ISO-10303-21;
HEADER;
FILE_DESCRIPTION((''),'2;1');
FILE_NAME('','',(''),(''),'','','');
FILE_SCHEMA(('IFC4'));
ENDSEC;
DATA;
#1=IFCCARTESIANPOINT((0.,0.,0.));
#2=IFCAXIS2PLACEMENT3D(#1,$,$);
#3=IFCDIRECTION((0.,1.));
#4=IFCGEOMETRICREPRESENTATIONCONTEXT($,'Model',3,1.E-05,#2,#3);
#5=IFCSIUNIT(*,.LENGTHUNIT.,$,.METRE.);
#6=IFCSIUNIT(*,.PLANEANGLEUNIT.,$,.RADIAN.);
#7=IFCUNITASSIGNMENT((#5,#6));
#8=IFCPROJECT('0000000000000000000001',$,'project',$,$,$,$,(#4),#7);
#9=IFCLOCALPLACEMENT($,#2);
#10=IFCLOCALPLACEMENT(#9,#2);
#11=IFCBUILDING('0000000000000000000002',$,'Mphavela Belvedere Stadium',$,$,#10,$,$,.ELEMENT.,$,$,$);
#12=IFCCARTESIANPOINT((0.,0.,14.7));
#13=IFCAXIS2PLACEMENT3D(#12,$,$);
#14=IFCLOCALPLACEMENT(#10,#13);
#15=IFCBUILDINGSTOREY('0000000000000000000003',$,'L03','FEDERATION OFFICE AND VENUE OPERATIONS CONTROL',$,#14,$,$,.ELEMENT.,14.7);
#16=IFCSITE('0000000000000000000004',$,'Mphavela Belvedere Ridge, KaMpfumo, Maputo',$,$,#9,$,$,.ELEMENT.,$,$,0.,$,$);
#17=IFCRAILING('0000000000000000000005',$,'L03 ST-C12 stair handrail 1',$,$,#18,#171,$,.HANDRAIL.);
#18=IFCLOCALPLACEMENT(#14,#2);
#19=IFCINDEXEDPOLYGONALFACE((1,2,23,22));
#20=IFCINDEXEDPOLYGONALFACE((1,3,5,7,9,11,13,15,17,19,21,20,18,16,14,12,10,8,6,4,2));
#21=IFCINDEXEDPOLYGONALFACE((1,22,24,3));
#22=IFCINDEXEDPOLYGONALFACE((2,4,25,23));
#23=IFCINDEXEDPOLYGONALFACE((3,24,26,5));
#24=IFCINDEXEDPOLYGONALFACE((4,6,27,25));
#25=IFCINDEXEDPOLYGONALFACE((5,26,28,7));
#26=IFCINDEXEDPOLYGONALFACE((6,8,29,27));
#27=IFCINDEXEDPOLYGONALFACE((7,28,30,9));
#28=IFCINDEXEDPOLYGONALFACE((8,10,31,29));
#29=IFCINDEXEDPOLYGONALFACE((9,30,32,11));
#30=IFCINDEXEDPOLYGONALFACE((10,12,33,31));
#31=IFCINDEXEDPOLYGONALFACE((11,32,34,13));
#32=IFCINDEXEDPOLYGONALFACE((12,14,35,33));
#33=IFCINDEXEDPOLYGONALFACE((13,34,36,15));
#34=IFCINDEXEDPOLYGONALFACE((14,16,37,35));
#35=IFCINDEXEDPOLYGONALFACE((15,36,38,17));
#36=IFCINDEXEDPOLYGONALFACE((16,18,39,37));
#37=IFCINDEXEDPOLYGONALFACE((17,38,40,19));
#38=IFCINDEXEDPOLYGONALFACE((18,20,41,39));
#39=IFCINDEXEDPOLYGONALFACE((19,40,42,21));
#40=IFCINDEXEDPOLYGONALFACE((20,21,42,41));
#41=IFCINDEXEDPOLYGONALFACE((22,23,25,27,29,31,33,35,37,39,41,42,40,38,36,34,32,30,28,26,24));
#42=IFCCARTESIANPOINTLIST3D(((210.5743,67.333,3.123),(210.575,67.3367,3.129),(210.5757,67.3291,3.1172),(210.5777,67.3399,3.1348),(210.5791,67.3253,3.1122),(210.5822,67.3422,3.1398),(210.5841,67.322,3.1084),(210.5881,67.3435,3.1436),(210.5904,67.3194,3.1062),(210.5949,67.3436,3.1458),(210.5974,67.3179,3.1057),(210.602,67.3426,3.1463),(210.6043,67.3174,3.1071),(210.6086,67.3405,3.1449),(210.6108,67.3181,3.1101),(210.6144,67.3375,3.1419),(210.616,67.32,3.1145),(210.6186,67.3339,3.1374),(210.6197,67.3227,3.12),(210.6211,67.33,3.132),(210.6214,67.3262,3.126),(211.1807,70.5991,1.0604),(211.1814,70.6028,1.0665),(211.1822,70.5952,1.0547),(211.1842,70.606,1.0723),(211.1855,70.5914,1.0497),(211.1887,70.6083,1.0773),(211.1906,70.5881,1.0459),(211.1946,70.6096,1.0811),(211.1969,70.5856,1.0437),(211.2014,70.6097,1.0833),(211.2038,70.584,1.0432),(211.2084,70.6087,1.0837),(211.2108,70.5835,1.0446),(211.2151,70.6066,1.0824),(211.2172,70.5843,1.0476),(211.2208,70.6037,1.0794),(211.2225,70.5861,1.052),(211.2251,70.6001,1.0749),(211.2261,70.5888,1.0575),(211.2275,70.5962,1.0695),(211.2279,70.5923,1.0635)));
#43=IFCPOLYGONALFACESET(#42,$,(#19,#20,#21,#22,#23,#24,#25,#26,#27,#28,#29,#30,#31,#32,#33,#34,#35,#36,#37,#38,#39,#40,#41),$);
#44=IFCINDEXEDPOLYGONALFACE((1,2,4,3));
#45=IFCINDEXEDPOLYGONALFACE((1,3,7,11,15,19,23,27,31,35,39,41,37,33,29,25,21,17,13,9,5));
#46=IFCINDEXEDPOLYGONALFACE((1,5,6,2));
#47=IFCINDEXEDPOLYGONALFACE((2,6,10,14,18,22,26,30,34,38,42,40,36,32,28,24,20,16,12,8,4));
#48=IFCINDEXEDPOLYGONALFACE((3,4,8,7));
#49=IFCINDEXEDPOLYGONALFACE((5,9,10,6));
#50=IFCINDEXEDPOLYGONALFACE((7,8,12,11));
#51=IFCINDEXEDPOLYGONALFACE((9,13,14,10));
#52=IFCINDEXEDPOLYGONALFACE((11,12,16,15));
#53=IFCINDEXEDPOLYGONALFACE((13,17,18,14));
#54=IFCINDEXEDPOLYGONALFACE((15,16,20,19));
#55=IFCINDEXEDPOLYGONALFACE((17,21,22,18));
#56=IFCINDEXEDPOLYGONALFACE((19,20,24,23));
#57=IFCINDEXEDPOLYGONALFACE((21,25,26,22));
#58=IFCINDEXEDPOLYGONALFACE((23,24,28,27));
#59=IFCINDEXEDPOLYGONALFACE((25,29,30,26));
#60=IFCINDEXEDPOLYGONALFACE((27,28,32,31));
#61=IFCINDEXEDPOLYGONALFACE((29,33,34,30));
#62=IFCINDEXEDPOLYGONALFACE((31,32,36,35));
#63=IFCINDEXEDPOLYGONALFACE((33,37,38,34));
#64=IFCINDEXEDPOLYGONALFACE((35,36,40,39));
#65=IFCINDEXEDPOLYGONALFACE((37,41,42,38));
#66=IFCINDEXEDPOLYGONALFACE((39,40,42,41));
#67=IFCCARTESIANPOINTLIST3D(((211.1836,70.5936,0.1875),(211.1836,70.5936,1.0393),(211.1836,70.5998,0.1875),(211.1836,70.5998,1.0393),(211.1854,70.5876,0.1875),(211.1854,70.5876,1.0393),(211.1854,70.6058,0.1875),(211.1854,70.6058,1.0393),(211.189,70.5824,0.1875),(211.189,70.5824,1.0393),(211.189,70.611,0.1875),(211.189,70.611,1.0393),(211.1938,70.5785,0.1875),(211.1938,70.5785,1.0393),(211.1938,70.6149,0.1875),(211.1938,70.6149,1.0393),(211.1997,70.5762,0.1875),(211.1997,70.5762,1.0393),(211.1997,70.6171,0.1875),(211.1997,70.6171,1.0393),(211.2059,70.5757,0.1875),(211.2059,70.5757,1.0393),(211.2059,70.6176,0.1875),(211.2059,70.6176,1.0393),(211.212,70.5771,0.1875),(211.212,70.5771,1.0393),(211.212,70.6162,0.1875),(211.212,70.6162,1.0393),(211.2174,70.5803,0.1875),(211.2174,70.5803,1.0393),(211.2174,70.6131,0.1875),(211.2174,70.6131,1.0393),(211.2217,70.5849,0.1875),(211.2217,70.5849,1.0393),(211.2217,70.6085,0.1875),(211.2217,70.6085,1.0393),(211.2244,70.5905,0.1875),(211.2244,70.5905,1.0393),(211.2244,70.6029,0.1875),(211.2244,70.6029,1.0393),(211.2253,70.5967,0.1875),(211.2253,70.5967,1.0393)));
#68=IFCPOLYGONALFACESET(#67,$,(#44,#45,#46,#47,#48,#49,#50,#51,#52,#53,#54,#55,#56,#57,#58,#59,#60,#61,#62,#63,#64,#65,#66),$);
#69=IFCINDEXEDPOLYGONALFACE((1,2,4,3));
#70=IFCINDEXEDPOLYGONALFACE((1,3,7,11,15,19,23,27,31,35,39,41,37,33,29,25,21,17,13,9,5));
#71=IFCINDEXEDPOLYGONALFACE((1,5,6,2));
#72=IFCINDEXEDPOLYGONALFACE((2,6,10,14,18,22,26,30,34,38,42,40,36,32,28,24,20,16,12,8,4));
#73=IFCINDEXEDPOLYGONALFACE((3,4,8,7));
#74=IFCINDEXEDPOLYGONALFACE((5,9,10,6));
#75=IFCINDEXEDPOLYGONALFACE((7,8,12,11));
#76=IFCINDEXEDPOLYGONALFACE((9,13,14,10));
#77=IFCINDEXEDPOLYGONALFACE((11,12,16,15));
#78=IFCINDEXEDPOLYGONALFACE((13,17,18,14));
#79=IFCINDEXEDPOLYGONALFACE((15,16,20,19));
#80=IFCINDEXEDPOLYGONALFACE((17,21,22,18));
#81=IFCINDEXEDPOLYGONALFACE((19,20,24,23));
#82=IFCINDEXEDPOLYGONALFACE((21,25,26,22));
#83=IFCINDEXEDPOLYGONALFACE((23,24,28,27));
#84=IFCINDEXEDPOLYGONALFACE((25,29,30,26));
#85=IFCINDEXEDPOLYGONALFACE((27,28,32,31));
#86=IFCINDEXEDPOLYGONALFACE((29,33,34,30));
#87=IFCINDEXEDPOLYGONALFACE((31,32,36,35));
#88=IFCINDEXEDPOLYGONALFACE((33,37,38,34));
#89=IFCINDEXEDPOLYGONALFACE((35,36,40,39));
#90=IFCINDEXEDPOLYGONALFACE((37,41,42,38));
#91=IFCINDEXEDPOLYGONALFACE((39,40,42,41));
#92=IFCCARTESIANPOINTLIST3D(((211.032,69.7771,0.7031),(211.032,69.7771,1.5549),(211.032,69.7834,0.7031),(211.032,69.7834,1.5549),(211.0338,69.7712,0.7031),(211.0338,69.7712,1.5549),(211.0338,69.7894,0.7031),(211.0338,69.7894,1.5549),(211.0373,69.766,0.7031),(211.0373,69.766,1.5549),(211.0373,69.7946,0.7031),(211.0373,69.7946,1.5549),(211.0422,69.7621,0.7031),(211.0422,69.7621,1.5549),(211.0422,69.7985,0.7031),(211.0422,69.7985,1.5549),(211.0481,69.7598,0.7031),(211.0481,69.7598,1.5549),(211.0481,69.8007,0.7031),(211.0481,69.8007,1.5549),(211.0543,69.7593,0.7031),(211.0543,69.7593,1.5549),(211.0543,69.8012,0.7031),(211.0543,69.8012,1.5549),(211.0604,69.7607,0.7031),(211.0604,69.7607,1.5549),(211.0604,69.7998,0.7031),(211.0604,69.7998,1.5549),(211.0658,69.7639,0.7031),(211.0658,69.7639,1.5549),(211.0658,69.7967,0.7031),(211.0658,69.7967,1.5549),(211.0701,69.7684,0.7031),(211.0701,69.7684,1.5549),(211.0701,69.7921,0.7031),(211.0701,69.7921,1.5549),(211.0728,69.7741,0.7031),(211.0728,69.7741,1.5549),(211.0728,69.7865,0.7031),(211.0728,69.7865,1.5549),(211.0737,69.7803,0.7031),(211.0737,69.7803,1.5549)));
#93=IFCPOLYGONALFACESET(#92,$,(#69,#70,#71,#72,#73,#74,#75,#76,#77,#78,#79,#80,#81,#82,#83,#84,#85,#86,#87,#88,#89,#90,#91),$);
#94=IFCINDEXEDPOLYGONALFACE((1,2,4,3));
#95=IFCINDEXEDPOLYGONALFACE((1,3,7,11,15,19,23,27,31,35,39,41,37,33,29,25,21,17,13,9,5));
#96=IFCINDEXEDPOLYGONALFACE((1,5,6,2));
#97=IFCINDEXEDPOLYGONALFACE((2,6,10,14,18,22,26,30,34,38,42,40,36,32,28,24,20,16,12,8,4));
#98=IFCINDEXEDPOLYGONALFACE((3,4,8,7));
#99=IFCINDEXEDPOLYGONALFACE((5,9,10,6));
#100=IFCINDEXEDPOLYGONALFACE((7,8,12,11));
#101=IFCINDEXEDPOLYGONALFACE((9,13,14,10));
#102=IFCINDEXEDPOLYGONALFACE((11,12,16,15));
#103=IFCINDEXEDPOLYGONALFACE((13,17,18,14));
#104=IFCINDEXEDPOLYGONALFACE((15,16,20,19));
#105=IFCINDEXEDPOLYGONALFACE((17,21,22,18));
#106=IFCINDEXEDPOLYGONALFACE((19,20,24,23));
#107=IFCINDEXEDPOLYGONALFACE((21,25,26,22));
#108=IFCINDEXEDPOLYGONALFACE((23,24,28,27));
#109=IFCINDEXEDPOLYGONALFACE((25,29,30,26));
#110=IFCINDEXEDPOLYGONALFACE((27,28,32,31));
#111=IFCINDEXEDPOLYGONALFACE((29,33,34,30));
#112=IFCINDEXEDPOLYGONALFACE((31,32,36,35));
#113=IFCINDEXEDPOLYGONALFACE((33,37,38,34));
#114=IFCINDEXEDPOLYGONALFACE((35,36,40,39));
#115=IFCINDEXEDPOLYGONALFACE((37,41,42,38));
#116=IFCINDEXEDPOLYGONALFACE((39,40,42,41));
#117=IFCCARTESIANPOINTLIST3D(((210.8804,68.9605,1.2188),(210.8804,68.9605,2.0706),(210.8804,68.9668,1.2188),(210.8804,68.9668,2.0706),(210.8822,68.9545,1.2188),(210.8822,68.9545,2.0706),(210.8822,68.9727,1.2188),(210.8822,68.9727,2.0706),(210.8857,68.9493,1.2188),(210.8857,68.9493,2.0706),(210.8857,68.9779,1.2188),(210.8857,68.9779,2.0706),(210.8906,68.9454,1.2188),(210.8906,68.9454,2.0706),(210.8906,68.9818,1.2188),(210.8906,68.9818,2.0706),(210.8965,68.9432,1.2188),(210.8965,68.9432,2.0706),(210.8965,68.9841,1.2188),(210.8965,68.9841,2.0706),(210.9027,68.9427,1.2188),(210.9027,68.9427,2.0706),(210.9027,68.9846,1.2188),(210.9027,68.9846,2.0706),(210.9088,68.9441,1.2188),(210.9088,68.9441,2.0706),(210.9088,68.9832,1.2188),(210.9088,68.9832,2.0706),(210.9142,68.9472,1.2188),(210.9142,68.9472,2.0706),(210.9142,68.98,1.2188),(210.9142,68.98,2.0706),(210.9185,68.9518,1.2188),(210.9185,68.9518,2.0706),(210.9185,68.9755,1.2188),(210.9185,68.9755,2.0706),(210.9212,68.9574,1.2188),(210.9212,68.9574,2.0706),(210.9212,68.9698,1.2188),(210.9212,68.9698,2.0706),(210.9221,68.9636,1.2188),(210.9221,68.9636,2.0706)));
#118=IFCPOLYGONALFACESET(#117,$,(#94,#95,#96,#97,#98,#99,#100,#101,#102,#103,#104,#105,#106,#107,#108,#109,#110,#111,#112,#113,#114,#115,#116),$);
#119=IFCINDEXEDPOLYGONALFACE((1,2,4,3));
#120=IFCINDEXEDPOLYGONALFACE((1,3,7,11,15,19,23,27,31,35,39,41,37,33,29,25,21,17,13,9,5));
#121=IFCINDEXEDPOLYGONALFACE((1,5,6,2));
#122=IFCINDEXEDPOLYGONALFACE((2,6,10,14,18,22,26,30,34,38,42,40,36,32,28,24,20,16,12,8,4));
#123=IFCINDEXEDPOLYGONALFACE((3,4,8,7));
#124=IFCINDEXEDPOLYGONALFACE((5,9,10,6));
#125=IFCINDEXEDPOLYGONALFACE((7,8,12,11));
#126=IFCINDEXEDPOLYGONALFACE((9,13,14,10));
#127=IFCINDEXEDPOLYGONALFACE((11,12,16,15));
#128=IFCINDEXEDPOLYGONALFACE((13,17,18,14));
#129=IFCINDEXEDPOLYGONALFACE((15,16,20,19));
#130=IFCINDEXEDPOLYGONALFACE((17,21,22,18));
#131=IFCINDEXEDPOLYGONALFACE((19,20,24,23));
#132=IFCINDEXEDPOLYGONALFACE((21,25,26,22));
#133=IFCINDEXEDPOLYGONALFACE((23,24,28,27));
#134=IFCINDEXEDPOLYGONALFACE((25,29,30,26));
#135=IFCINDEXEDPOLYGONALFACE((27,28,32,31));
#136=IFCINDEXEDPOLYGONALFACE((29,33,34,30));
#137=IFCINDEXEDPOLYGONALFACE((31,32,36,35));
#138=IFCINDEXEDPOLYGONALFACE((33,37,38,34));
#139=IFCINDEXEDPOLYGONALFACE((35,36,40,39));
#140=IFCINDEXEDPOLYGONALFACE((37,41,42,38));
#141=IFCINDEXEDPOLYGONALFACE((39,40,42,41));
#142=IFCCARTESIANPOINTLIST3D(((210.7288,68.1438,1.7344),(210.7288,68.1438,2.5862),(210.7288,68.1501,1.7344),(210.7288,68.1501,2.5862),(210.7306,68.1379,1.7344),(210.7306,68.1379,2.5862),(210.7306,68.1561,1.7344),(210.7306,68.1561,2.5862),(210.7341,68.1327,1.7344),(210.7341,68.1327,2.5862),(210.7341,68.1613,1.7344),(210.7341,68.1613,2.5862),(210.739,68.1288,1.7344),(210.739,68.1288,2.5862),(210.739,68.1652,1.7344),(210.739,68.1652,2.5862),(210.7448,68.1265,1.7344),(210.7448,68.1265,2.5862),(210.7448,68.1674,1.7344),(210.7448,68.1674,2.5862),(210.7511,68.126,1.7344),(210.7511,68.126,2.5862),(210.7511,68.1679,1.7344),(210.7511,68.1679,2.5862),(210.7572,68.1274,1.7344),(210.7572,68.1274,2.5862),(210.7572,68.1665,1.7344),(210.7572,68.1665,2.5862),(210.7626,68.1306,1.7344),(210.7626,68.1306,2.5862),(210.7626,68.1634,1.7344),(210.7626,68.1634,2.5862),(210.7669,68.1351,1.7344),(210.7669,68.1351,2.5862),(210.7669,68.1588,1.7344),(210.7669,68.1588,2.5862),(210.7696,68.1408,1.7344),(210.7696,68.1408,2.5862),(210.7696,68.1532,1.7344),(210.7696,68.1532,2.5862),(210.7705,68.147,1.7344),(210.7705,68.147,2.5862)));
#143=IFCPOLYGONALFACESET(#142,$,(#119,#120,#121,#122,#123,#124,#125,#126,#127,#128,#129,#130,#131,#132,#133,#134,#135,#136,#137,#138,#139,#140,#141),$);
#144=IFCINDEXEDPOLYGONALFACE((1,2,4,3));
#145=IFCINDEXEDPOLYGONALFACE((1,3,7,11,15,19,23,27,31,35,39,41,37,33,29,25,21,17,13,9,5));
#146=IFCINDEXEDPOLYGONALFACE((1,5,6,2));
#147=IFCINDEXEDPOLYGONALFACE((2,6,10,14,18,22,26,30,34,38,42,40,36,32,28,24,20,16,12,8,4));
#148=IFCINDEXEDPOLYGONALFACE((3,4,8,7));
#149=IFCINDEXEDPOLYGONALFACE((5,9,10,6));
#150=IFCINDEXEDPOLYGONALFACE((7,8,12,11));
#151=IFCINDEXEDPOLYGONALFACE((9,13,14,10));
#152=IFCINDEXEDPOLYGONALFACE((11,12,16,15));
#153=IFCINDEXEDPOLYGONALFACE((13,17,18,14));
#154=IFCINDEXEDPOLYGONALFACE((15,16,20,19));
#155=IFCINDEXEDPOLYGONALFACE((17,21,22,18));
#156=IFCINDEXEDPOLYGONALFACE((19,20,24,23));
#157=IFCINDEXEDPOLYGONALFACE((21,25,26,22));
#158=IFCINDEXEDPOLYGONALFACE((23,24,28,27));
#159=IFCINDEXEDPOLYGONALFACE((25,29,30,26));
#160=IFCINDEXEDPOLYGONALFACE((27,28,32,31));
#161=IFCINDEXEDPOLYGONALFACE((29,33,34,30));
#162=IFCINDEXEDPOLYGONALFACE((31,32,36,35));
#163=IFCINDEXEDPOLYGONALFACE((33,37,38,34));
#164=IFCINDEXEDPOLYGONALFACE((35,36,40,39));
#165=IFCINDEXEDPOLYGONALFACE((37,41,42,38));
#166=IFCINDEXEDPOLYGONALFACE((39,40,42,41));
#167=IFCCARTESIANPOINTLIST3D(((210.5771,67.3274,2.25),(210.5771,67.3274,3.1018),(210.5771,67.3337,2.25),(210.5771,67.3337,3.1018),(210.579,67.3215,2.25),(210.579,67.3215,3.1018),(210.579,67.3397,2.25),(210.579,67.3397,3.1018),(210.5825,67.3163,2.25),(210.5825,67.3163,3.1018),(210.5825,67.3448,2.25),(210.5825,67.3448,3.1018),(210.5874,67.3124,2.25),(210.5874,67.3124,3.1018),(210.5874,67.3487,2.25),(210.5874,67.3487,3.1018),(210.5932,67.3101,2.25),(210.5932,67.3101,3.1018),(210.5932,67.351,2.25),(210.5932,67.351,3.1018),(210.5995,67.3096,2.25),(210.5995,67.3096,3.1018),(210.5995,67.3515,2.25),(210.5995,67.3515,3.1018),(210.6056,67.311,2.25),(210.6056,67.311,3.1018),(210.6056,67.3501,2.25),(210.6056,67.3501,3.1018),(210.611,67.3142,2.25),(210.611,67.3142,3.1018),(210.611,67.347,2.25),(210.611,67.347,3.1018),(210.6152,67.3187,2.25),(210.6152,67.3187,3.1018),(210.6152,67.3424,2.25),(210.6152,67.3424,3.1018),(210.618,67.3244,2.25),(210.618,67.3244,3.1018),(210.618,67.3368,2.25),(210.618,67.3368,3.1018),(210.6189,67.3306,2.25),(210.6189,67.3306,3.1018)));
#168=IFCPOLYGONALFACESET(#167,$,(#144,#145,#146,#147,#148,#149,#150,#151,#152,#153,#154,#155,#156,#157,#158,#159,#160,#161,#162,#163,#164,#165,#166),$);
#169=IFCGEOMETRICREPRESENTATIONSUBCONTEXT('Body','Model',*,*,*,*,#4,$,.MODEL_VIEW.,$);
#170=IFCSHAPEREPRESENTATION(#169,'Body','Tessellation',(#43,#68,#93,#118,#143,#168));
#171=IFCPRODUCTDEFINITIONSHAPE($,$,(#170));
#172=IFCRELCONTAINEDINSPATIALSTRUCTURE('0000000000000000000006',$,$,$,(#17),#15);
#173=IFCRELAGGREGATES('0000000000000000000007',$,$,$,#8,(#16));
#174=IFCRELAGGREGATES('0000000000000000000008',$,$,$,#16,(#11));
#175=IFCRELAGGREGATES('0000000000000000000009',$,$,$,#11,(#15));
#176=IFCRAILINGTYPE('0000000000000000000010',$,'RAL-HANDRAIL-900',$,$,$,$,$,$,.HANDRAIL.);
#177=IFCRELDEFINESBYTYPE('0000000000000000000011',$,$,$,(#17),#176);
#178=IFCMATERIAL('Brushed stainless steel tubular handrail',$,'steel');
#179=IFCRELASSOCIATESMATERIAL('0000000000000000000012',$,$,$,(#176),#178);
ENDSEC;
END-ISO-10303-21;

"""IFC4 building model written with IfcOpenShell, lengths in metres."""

from ifc_helpers import new_model, si_unit, direction, frame, origin, origin_2d, place, context, subcontext, project, spatial, circle, extrude, material, type_object, element, save


model = new_model("IFC4")

# Units and contexts
model_context = context("Model", 3, precision=1e-05, world=origin(), true_north=direction((0.0, 1.0)))
body_context = subcontext(model_context, "Body", "Model", "MODEL_VIEW")
ifc_project = project(units=[si_unit("LENGTHUNIT", "METRE"), si_unit("PLANEANGLEUNIT", "RADIAN")], contexts=[model_context])

# Site, building, storey
site_placement = place(None, origin())
site = spatial("IfcSite", under=ifc_project, at=site_placement, Name="Mphavela Belvedere Ridge, KaMpfumo, Maputo", CompositionType="ELEMENT", RefElevation=0.0)
building_placement = place(site_placement, origin())
building = spatial("IfcBuilding", under=site, at=building_placement, Name="Mphavela Belvedere Stadium", CompositionType="ELEMENT")
storey_placement = place(building_placement, frame((0.0, 0.0, 14.7)))
storey = spatial("IfcBuildingStorey", under=building, at=storey_placement, Name="L03", Description="FEDERATION OFFICE AND VENUE OPERATIONS CONTROL", CompositionType="ELEMENT", Elevation=14.7)

# Railing
ifc_material_1 = material(Name="Brushed stainless steel tubular handrail", Category="steel")
railing_type_1 = type_object("IfcRailingType", Name="RAL-HANDRAIL-900", PredefinedType="HANDRAIL", material=ifc_material_1)
railing_1_placement = place(storey_placement, frame((211.2043, 70.5967, 0.1875)))
element("IfcRailing", 1, at=railing_1_placement, inside=storey, type_object=railing_type_1, Name="L03 ST-C12 stair handrail 1", PredefinedType="HANDRAIL", context=body_context, shape_type="SweptSolid", body=[
    extrude(circle(Radius=0.0239, at=origin_2d()), frame((0.0, 0.0, 0.876), z_axis=(-0.155096, -0.835294, 0.527475), x_axis=(0.983195, -0.182558, 0.0)), (0.0, 0.0, 1.0), 3.9102),
    extrude(circle(Radius=0.021, at=origin_2d()), origin(), (0.0, 0.0, 1.0), 0.8518),
    extrude(circle(Radius=0.021, at=origin_2d()), frame((-0.1516, -0.8164, 0.5156)), (0.0, 0.0, 1.0), 0.8518),
    extrude(circle(Radius=0.021, at=origin_2d()), frame((-0.3032, -1.6331, 1.0312)), (0.0, 0.0, 1.0), 0.8518),
    extrude(circle(Radius=0.021, at=origin_2d()), frame((-0.4548, -2.4497, 1.5469)), (0.0, 0.0, 1.0), 0.8518),
    extrude(circle(Radius=0.021, at=origin_2d()), frame((-0.6064, -3.2661, 2.0625)), (0.0, 0.0, 1.0), 0.8518),
])

save(model, "model.ifc")
